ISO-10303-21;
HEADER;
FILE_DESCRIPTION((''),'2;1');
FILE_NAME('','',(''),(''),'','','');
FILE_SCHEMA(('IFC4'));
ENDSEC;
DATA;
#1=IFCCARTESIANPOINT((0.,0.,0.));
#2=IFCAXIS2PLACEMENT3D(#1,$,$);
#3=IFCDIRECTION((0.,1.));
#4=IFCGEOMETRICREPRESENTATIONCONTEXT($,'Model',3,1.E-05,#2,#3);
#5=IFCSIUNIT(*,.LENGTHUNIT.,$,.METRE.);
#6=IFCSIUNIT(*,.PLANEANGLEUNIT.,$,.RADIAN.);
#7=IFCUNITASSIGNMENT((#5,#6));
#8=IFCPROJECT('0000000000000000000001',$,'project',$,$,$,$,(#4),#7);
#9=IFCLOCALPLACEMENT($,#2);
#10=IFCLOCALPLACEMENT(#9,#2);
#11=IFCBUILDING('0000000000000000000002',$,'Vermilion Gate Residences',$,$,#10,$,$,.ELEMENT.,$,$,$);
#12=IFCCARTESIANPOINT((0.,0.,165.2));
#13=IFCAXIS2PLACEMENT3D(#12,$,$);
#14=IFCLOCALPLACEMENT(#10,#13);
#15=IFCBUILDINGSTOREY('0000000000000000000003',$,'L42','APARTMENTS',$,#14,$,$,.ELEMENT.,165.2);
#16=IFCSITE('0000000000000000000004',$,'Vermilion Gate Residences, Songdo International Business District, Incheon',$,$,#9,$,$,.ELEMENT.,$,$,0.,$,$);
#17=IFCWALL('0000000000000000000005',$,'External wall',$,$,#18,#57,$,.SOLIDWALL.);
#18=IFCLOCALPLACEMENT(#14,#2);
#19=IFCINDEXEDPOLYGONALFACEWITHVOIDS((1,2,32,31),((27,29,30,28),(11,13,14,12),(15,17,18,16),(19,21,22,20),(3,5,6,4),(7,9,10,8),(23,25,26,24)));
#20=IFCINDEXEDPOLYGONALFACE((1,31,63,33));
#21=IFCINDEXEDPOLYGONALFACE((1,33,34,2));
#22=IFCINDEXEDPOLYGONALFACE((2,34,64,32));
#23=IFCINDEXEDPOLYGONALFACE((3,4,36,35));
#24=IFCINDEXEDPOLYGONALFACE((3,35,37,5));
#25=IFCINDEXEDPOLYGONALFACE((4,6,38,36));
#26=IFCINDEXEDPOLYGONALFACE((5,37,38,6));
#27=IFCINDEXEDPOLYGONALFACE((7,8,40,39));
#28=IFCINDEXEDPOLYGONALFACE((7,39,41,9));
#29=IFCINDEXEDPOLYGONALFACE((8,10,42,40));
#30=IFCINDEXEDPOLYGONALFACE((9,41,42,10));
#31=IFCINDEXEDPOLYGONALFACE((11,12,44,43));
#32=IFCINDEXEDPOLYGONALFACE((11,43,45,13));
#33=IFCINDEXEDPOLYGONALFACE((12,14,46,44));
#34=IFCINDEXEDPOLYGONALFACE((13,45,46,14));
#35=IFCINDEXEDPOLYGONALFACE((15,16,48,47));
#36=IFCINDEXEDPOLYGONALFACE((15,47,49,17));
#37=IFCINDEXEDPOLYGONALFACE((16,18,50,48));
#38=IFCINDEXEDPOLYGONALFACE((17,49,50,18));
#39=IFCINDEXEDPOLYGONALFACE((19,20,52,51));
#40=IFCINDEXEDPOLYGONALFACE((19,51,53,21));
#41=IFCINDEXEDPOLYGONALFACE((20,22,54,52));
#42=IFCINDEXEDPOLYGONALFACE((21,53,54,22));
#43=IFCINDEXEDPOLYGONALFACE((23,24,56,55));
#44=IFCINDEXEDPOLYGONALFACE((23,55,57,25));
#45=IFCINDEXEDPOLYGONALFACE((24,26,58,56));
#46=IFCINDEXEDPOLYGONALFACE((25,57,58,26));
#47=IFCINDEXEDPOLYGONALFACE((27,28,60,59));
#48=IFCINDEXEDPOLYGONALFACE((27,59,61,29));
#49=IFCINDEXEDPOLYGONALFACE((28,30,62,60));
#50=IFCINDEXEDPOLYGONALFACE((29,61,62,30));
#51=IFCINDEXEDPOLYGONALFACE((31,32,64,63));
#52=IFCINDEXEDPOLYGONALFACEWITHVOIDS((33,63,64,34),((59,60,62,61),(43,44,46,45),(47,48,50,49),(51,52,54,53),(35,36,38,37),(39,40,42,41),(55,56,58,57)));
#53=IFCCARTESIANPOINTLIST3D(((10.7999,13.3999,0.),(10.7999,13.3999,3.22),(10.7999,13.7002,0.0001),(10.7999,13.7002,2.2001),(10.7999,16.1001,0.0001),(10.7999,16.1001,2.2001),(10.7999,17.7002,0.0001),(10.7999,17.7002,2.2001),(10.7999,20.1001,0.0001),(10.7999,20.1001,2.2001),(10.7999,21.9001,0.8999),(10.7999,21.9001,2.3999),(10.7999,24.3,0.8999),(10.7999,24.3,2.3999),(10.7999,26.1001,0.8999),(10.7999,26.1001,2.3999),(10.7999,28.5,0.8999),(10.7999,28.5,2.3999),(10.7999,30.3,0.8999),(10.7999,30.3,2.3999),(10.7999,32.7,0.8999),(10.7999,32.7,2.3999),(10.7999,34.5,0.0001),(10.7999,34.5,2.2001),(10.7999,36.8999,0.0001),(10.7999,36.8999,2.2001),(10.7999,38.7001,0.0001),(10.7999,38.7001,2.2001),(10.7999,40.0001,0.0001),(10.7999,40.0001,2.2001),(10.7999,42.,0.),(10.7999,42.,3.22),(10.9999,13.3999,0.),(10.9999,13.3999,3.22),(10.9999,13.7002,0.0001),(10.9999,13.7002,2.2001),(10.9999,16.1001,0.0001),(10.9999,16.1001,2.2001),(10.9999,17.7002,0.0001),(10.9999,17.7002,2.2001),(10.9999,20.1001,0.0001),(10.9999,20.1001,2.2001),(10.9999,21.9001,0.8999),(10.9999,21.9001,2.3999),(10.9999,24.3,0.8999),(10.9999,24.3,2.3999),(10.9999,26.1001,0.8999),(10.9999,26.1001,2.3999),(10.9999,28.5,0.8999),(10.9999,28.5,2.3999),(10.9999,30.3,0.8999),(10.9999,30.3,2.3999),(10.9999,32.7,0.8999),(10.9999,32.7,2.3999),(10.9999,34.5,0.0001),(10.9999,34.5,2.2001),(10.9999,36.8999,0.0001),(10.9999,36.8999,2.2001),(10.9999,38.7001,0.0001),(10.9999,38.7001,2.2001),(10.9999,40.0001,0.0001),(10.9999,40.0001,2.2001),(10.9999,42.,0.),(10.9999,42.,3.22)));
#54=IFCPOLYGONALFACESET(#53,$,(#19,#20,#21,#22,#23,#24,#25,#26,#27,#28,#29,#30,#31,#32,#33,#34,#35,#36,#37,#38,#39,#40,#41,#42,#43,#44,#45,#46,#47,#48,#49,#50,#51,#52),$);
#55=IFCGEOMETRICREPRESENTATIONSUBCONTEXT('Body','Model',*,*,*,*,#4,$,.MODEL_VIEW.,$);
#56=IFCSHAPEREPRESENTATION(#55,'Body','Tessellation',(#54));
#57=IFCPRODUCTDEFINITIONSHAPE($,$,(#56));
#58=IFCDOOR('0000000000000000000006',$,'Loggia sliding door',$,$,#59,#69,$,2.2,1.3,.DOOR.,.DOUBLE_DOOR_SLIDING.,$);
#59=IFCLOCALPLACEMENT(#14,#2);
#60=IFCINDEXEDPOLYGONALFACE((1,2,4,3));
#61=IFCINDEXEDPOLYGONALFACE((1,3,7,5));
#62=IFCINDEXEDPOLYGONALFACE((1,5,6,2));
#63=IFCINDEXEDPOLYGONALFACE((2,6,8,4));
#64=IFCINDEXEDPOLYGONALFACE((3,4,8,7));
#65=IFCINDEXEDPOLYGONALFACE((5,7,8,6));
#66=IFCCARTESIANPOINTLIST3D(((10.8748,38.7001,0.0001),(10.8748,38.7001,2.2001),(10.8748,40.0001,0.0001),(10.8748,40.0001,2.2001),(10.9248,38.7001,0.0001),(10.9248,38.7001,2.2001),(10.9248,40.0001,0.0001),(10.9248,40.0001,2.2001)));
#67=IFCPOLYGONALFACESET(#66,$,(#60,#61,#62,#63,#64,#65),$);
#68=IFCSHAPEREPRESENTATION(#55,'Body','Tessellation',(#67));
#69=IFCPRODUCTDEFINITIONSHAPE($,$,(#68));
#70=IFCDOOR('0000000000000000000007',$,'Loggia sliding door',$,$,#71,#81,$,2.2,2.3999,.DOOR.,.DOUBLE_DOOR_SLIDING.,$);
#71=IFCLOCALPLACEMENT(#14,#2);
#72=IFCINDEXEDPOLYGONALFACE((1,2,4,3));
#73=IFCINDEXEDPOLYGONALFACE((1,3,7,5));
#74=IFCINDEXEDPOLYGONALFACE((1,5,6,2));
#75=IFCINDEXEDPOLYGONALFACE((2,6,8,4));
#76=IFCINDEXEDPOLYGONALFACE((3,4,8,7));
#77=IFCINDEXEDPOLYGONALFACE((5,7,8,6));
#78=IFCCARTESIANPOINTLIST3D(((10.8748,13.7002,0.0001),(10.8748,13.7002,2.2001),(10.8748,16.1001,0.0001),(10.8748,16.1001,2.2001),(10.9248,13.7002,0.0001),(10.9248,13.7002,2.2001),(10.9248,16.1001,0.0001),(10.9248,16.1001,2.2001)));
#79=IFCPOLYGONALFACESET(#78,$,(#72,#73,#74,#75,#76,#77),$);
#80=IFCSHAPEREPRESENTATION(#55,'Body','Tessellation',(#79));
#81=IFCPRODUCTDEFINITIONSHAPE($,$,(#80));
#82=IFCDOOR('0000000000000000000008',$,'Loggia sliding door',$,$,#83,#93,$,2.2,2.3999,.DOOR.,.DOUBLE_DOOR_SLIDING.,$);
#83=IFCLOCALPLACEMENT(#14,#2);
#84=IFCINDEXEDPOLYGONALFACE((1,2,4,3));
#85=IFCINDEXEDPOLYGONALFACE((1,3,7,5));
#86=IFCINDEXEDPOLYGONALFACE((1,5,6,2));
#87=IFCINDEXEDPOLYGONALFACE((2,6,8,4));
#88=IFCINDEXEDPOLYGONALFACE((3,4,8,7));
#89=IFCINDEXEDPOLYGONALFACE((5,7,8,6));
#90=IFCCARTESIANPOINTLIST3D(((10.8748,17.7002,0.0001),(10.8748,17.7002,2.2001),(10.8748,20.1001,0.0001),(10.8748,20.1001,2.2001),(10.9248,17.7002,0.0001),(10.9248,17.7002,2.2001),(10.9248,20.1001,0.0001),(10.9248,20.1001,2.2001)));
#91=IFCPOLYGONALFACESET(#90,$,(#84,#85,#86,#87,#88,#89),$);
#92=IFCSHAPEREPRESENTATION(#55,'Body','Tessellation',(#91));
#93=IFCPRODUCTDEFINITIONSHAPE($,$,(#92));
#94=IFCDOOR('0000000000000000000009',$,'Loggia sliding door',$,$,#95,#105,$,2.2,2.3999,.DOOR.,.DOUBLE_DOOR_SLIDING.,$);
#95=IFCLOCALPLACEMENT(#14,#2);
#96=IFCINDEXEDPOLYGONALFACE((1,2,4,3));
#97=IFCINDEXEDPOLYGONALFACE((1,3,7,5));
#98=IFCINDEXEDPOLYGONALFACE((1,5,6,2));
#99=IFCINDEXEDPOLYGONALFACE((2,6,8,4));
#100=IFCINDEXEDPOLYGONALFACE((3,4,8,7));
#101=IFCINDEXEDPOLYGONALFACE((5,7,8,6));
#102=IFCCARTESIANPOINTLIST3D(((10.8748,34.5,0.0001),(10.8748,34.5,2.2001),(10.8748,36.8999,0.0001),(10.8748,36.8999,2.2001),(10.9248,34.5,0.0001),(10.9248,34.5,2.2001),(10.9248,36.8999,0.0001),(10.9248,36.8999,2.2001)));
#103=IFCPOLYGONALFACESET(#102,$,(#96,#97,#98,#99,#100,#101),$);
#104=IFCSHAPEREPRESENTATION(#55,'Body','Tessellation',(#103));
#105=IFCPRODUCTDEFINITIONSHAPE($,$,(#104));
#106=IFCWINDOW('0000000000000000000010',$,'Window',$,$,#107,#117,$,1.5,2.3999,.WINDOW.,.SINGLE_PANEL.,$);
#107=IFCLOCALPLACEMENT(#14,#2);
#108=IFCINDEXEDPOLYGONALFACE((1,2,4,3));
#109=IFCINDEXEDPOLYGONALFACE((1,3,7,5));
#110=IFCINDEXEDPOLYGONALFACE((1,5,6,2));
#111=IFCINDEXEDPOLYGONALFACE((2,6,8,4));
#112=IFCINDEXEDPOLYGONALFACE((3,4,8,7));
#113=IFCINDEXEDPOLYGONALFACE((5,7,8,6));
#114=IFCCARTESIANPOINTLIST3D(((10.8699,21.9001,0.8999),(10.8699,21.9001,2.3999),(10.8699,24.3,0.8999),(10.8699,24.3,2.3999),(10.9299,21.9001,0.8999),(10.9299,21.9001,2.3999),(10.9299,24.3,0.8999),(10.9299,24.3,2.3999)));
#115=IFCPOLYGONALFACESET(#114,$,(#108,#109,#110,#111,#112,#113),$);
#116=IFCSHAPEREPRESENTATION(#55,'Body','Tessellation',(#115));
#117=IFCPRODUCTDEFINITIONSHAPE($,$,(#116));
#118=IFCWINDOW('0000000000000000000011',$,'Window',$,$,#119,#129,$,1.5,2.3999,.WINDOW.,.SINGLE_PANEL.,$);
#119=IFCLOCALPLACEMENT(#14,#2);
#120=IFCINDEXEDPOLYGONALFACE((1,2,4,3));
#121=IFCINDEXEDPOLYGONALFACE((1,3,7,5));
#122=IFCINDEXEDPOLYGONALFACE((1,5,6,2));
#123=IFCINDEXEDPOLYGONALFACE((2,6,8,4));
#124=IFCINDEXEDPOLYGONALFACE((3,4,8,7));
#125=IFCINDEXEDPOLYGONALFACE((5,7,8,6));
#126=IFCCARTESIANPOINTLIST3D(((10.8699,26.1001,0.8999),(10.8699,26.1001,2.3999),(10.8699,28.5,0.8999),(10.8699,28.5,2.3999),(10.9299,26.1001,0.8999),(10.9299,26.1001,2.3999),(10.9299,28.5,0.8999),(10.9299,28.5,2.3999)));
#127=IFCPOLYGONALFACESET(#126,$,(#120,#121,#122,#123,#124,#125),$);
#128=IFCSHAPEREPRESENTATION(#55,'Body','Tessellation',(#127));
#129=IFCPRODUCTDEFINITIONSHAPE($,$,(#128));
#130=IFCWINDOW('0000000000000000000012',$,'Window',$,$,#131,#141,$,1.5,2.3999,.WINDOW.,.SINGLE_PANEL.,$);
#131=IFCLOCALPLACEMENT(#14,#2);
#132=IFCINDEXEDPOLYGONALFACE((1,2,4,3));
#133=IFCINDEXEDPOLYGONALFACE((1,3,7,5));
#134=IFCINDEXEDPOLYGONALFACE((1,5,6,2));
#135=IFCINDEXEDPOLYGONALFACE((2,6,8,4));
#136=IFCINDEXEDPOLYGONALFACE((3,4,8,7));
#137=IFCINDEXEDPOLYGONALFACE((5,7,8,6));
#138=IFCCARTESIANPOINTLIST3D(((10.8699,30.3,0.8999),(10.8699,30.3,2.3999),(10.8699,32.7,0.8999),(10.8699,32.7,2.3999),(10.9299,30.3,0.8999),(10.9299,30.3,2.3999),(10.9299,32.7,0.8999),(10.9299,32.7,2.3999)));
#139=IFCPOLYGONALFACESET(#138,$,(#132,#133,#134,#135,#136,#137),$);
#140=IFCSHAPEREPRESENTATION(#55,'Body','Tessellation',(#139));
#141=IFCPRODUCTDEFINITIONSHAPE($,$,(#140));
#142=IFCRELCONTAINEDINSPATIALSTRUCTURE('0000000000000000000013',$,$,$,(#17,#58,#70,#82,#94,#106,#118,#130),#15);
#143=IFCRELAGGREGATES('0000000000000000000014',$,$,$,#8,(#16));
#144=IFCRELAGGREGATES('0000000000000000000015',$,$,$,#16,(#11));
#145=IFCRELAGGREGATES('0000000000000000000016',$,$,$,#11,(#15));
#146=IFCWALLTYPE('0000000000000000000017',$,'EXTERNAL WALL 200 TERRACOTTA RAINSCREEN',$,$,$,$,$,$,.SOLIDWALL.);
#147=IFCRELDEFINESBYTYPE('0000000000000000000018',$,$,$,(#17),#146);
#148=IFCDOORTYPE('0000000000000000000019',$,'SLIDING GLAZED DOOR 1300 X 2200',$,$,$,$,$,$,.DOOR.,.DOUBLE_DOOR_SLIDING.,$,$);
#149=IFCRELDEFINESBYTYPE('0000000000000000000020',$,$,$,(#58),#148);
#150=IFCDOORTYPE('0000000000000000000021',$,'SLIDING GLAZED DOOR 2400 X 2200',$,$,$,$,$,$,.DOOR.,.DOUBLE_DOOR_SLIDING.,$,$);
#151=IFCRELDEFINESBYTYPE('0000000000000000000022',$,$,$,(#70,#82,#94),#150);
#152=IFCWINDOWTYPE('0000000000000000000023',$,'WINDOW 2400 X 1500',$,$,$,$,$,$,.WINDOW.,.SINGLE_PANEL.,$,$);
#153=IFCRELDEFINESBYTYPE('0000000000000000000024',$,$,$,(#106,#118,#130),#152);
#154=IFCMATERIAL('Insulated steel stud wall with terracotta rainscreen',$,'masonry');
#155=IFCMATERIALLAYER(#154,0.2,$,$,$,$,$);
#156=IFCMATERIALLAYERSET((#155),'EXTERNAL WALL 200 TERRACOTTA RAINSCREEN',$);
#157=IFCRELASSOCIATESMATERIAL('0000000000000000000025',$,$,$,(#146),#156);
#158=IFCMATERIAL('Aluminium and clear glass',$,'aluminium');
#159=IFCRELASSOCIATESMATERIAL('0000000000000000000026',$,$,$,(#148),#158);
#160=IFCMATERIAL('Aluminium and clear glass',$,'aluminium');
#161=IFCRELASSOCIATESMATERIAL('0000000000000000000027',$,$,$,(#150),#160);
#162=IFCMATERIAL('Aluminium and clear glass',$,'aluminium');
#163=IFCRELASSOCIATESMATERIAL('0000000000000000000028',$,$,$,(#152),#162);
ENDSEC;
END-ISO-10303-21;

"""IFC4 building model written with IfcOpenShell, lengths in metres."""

from ifc_helpers import new_model, si_unit, direction, frame, frame_2d, origin, place, context, subcontext, project, spatial, rectangle, extrude, material, layer, layer_set, type_object, element, fill, save


model = new_model("IFC4")

# Units and contexts
model_context = context("Model", 3, precision=1e-05, world=origin(), true_north=direction((0.0, 1.0)))
body_context = subcontext(model_context, "Body", "Model", "MODEL_VIEW")
ifc_project = project(units=[si_unit("LENGTHUNIT", "METRE"), si_unit("PLANEANGLEUNIT", "RADIAN")], contexts=[model_context])

# Site, building, storey
site_placement = place(None, origin())
site = spatial("IfcSite", under=ifc_project, at=site_placement, Name="Vermilion Gate Residences, Songdo International Business District, Incheon", CompositionType="ELEMENT", RefElevation=0.0)
building_placement = place(site_placement, origin())
building = spatial("IfcBuilding", under=site, at=building_placement, Name="Vermilion Gate Residences", CompositionType="ELEMENT")
storey_placement = place(building_placement, frame((0.0, 0.0, 165.2)))
storey = spatial("IfcBuildingStorey", under=building, at=storey_placement, Name="L42", Description="APARTMENTS", CompositionType="ELEMENT", Elevation=165.2)

# Wall, openings, doors, windows
ifc_material_1 = material(Name="Insulated steel stud wall with terracotta rainscreen", Category="masonry")
ifc_layer_1 = layer(ifc_material_1, 0.2)
ifc_layer_set_1 = layer_set([ifc_layer_1], Name="EXTERNAL WALL 200 TERRACOTTA RAINSCREEN")
wall_type_1 = type_object("IfcWallType", Name="EXTERNAL WALL 200 TERRACOTTA RAINSCREEN", PredefinedType="SOLIDWALL", material=ifc_layer_set_1)
wall_1_placement = place(storey_placement, frame((10.8999, 42.0, 0.0), z_axis=(0.0, 0.0, 1.0), x_axis=(0.0, -1.0, 0.0)))
wall_1 = element("IfcWall", 1, at=wall_1_placement, inside=storey, type_object=wall_type_1, Name="External wall", PredefinedType="SOLIDWALL", context=body_context, shape_type="SweptSolid", body=[
    extrude(rectangle(XDim=28.6001, YDim=0.2, at=frame_2d((14.3, 0.0))), origin(), (0.0, 0.0, 1.0), 3.22),
])
opening_1_placement = place(wall_1_placement, frame((25.8999, 0.0, 0.0)))
opening_1 = element("IfcOpeningElement", 2, at=opening_1_placement, cuts=wall_1, PredefinedType="OPENING", context=body_context, shape_type="SweptSolid", body=[
    extrude(rectangle(XDim=2.3999, YDim=2.2, at=frame_2d((1.2, 1.1001))), frame((0.0, 0.1099, 0.0), z_axis=(0.0, -1.0, 0.0), x_axis=(1.0, 0.0, 0.0)), (0.0, 0.0, 1.0), 0.22),
])
opening_2_placement = place(wall_1_placement, frame((21.8999, 0.0, 0.0)))
opening_2 = element("IfcOpeningElement", 3, at=opening_2_placement, cuts=wall_1, PredefinedType="OPENING", context=body_context, shape_type="SweptSolid", body=[
    extrude(rectangle(XDim=2.3999, YDim=2.2, at=frame_2d((1.2, 1.1001))), frame((0.0, 0.1099, 0.0), z_axis=(0.0, -1.0, 0.0), x_axis=(1.0, 0.0, 0.0)), (0.0, 0.0, 1.0), 0.22),
])
opening_3_placement = place(wall_1_placement, frame((17.7, 0.0, 0.8999)))
opening_3 = element("IfcOpeningElement", 4, at=opening_3_placement, cuts=wall_1, PredefinedType="OPENING", context=body_context, shape_type="SweptSolid", body=[
    extrude(rectangle(XDim=2.3999, YDim=1.5, at=frame_2d((1.2, 0.75))), frame((0.0, 0.1099, 0.0), z_axis=(0.0, -1.0, 0.0), x_axis=(1.0, 0.0, 0.0)), (0.0, 0.0, 1.0), 0.22),
])
opening_4_placement = place(wall_1_placement, frame((13.5, 0.0, 0.8999)))
opening_4 = element("IfcOpeningElement", 5, at=opening_4_placement, cuts=wall_1, PredefinedType="OPENING", context=body_context, shape_type="SweptSolid", body=[
    extrude(rectangle(XDim=2.3999, YDim=1.5, at=frame_2d((1.2, 0.75))), frame((0.0, 0.1099, 0.0), z_axis=(0.0, -1.0, 0.0), x_axis=(1.0, 0.0, 0.0)), (0.0, 0.0, 1.0), 0.22),
])
opening_5_placement = place(wall_1_placement, frame((9.3, 0.0, 0.8999)))
opening_5 = element("IfcOpeningElement", 6, at=opening_5_placement, cuts=wall_1, PredefinedType="OPENING", context=body_context, shape_type="SweptSolid", body=[
    extrude(rectangle(XDim=2.3999, YDim=1.5, at=frame_2d((1.2, 0.75))), frame((0.0, 0.1099, 0.0), z_axis=(0.0, -1.0, 0.0), x_axis=(1.0, 0.0, 0.0)), (0.0, 0.0, 1.0), 0.22),
])
opening_6_placement = place(wall_1_placement, frame((5.1001, 0.0, 0.0)))
opening_6 = element("IfcOpeningElement", 7, at=opening_6_placement, cuts=wall_1, PredefinedType="OPENING", context=body_context, shape_type="SweptSolid", body=[
    extrude(rectangle(XDim=2.3999, YDim=2.2, at=frame_2d((1.2, 1.1001))), frame((0.0, 0.1099, 0.0), z_axis=(0.0, -1.0, 0.0), x_axis=(1.0, 0.0, 0.0)), (0.0, 0.0, 1.0), 0.22),
])
opening_7_placement = place(wall_1_placement, frame((2.0, 0.0, 0.0)))
opening_7 = element("IfcOpeningElement", 8, at=opening_7_placement, cuts=wall_1, PredefinedType="OPENING", context=body_context, shape_type="SweptSolid", body=[
    extrude(rectangle(XDim=1.3, YDim=2.2, at=frame_2d((0.6499, 1.1001))), frame((0.0, 0.1099, 0.0), z_axis=(0.0, -1.0, 0.0), x_axis=(1.0, 0.0, 0.0)), (0.0, 0.0, 1.0), 0.22),
])
ifc_material_2 = material(Name="Aluminium and clear glass", Category="aluminium")
door_type_1 = type_object("IfcDoorType", Name="SLIDING GLAZED DOOR 1300 X 2200", OperationType="DOUBLE_DOOR_SLIDING", PredefinedType="DOOR", material=ifc_material_2)
door_1_placement = place(opening_7_placement, origin())
door_1 = element("IfcDoor", 9, at=door_1_placement, inside=storey, type_object=door_type_1, Name="Loggia sliding door", OperationType="DOUBLE_DOOR_SLIDING", OverallHeight=2.2, OverallWidth=1.3, PredefinedType="DOOR", context=body_context, shape_type="SweptSolid", body=[
    extrude(rectangle(XDim=1.3, YDim=2.2, at=frame_2d((0.6499, 1.1001))), frame((0.0, 0.0249, 0.0), z_axis=(0.0, -1.0, 0.0), x_axis=(1.0, 0.0, 0.0)), (0.0, 0.0, 1.0), 0.05),
])
fill(opening_7, door_1)
ifc_material_3 = material(Name="Aluminium and clear glass", Category="aluminium")
door_type_2 = type_object("IfcDoorType", Name="SLIDING GLAZED DOOR 2400 X 2200", OperationType="DOUBLE_DOOR_SLIDING", PredefinedType="DOOR", material=ifc_material_3)
door_2_placement = place(opening_1_placement, origin())
door_2 = element("IfcDoor", 10, at=door_2_placement, inside=storey, type_object=door_type_2, Name="Loggia sliding door", OperationType="DOUBLE_DOOR_SLIDING", OverallHeight=2.2, OverallWidth=2.3999, PredefinedType="DOOR", context=body_context, shape_type="SweptSolid", body=[
    extrude(rectangle(XDim=2.3999, YDim=2.2, at=frame_2d((1.2, 1.1001))), frame((0.0, 0.0249, 0.0), z_axis=(0.0, -1.0, 0.0), x_axis=(1.0, 0.0, 0.0)), (0.0, 0.0, 1.0), 0.05),
])
fill(opening_1, door_2)
door_3_placement = place(opening_2_placement, origin())
door_3 = element("IfcDoor", 11, at=door_3_placement, inside=storey, type_object=door_type_2, Name="Loggia sliding door", OperationType="DOUBLE_DOOR_SLIDING", OverallHeight=2.2, OverallWidth=2.3999, PredefinedType="DOOR", context=body_context, shape_type="SweptSolid", body=[
    extrude(rectangle(XDim=2.3999, YDim=2.2, at=frame_2d((1.2, 1.1001))), frame((0.0, 0.0249, 0.0), z_axis=(0.0, -1.0, 0.0), x_axis=(1.0, 0.0, 0.0)), (0.0, 0.0, 1.0), 0.05),
])
fill(opening_2, door_3)
door_4_placement = place(opening_6_placement, origin())
door_4 = element("IfcDoor", 12, at=door_4_placement, inside=storey, type_object=door_type_2, Name="Loggia sliding door", OperationType="DOUBLE_DOOR_SLIDING", OverallHeight=2.2, OverallWidth=2.3999, PredefinedType="DOOR", context=body_context, shape_type="SweptSolid", body=[
    extrude(rectangle(XDim=2.3999, YDim=2.2, at=frame_2d((1.2, 1.1001))), frame((0.0, 0.0249, 0.0), z_axis=(0.0, -1.0, 0.0), x_axis=(1.0, 0.0, 0.0)), (0.0, 0.0, 1.0), 0.05),
])
fill(opening_6, door_4)
ifc_material_4 = material(Name="Aluminium and clear glass", Category="aluminium")
window_type = type_object("IfcWindowType", Name="WINDOW 2400 X 1500", PartitioningType="SINGLE_PANEL", PredefinedType="WINDOW", material=ifc_material_4)
window_1_placement = place(opening_3_placement, origin())
window_1 = element("IfcWindow", 13, at=window_1_placement, inside=storey, type_object=window_type, Name="Window", OverallHeight=1.5, OverallWidth=2.3999, PartitioningType="SINGLE_PANEL", PredefinedType="WINDOW", context=body_context, shape_type="SweptSolid", body=[
    extrude(rectangle(XDim=2.3999, YDim=1.5, at=frame_2d((1.2, 0.75))), frame((0.0, 0.03, 0.0), z_axis=(0.0, -1.0, 0.0), x_axis=(1.0, 0.0, 0.0)), (0.0, 0.0, 1.0), 0.0601),
])
fill(opening_3, window_1)
window_2_placement = place(opening_4_placement, origin())
window_2 = element("IfcWindow", 14, at=window_2_placement, inside=storey, type_object=window_type, Name="Window", OverallHeight=1.5, OverallWidth=2.3999, PartitioningType="SINGLE_PANEL", PredefinedType="WINDOW", context=body_context, shape_type="SweptSolid", body=[
    extrude(rectangle(XDim=2.3999, YDim=1.5, at=frame_2d((1.2, 0.75))), frame((0.0, 0.03, 0.0), z_axis=(0.0, -1.0, 0.0), x_axis=(1.0, 0.0, 0.0)), (0.0, 0.0, 1.0), 0.0601),
])
fill(opening_4, window_2)
window_3_placement = place(opening_5_placement, origin())
window_3 = element("IfcWindow", 15, at=window_3_placement, inside=storey, type_object=window_type, Name="Window", OverallHeight=1.5, OverallWidth=2.3999, PartitioningType="SINGLE_PANEL", PredefinedType="WINDOW", context=body_context, shape_type="SweptSolid", body=[
    extrude(rectangle(XDim=2.3999, YDim=1.5, at=frame_2d((1.2, 0.75))), frame((0.0, 0.03, 0.0), z_axis=(0.0, -1.0, 0.0), x_axis=(1.0, 0.0, 0.0)), (0.0, 0.0, 1.0), 0.0601),
])
fill(opening_5, window_3)

save(model, "model.ifc")
